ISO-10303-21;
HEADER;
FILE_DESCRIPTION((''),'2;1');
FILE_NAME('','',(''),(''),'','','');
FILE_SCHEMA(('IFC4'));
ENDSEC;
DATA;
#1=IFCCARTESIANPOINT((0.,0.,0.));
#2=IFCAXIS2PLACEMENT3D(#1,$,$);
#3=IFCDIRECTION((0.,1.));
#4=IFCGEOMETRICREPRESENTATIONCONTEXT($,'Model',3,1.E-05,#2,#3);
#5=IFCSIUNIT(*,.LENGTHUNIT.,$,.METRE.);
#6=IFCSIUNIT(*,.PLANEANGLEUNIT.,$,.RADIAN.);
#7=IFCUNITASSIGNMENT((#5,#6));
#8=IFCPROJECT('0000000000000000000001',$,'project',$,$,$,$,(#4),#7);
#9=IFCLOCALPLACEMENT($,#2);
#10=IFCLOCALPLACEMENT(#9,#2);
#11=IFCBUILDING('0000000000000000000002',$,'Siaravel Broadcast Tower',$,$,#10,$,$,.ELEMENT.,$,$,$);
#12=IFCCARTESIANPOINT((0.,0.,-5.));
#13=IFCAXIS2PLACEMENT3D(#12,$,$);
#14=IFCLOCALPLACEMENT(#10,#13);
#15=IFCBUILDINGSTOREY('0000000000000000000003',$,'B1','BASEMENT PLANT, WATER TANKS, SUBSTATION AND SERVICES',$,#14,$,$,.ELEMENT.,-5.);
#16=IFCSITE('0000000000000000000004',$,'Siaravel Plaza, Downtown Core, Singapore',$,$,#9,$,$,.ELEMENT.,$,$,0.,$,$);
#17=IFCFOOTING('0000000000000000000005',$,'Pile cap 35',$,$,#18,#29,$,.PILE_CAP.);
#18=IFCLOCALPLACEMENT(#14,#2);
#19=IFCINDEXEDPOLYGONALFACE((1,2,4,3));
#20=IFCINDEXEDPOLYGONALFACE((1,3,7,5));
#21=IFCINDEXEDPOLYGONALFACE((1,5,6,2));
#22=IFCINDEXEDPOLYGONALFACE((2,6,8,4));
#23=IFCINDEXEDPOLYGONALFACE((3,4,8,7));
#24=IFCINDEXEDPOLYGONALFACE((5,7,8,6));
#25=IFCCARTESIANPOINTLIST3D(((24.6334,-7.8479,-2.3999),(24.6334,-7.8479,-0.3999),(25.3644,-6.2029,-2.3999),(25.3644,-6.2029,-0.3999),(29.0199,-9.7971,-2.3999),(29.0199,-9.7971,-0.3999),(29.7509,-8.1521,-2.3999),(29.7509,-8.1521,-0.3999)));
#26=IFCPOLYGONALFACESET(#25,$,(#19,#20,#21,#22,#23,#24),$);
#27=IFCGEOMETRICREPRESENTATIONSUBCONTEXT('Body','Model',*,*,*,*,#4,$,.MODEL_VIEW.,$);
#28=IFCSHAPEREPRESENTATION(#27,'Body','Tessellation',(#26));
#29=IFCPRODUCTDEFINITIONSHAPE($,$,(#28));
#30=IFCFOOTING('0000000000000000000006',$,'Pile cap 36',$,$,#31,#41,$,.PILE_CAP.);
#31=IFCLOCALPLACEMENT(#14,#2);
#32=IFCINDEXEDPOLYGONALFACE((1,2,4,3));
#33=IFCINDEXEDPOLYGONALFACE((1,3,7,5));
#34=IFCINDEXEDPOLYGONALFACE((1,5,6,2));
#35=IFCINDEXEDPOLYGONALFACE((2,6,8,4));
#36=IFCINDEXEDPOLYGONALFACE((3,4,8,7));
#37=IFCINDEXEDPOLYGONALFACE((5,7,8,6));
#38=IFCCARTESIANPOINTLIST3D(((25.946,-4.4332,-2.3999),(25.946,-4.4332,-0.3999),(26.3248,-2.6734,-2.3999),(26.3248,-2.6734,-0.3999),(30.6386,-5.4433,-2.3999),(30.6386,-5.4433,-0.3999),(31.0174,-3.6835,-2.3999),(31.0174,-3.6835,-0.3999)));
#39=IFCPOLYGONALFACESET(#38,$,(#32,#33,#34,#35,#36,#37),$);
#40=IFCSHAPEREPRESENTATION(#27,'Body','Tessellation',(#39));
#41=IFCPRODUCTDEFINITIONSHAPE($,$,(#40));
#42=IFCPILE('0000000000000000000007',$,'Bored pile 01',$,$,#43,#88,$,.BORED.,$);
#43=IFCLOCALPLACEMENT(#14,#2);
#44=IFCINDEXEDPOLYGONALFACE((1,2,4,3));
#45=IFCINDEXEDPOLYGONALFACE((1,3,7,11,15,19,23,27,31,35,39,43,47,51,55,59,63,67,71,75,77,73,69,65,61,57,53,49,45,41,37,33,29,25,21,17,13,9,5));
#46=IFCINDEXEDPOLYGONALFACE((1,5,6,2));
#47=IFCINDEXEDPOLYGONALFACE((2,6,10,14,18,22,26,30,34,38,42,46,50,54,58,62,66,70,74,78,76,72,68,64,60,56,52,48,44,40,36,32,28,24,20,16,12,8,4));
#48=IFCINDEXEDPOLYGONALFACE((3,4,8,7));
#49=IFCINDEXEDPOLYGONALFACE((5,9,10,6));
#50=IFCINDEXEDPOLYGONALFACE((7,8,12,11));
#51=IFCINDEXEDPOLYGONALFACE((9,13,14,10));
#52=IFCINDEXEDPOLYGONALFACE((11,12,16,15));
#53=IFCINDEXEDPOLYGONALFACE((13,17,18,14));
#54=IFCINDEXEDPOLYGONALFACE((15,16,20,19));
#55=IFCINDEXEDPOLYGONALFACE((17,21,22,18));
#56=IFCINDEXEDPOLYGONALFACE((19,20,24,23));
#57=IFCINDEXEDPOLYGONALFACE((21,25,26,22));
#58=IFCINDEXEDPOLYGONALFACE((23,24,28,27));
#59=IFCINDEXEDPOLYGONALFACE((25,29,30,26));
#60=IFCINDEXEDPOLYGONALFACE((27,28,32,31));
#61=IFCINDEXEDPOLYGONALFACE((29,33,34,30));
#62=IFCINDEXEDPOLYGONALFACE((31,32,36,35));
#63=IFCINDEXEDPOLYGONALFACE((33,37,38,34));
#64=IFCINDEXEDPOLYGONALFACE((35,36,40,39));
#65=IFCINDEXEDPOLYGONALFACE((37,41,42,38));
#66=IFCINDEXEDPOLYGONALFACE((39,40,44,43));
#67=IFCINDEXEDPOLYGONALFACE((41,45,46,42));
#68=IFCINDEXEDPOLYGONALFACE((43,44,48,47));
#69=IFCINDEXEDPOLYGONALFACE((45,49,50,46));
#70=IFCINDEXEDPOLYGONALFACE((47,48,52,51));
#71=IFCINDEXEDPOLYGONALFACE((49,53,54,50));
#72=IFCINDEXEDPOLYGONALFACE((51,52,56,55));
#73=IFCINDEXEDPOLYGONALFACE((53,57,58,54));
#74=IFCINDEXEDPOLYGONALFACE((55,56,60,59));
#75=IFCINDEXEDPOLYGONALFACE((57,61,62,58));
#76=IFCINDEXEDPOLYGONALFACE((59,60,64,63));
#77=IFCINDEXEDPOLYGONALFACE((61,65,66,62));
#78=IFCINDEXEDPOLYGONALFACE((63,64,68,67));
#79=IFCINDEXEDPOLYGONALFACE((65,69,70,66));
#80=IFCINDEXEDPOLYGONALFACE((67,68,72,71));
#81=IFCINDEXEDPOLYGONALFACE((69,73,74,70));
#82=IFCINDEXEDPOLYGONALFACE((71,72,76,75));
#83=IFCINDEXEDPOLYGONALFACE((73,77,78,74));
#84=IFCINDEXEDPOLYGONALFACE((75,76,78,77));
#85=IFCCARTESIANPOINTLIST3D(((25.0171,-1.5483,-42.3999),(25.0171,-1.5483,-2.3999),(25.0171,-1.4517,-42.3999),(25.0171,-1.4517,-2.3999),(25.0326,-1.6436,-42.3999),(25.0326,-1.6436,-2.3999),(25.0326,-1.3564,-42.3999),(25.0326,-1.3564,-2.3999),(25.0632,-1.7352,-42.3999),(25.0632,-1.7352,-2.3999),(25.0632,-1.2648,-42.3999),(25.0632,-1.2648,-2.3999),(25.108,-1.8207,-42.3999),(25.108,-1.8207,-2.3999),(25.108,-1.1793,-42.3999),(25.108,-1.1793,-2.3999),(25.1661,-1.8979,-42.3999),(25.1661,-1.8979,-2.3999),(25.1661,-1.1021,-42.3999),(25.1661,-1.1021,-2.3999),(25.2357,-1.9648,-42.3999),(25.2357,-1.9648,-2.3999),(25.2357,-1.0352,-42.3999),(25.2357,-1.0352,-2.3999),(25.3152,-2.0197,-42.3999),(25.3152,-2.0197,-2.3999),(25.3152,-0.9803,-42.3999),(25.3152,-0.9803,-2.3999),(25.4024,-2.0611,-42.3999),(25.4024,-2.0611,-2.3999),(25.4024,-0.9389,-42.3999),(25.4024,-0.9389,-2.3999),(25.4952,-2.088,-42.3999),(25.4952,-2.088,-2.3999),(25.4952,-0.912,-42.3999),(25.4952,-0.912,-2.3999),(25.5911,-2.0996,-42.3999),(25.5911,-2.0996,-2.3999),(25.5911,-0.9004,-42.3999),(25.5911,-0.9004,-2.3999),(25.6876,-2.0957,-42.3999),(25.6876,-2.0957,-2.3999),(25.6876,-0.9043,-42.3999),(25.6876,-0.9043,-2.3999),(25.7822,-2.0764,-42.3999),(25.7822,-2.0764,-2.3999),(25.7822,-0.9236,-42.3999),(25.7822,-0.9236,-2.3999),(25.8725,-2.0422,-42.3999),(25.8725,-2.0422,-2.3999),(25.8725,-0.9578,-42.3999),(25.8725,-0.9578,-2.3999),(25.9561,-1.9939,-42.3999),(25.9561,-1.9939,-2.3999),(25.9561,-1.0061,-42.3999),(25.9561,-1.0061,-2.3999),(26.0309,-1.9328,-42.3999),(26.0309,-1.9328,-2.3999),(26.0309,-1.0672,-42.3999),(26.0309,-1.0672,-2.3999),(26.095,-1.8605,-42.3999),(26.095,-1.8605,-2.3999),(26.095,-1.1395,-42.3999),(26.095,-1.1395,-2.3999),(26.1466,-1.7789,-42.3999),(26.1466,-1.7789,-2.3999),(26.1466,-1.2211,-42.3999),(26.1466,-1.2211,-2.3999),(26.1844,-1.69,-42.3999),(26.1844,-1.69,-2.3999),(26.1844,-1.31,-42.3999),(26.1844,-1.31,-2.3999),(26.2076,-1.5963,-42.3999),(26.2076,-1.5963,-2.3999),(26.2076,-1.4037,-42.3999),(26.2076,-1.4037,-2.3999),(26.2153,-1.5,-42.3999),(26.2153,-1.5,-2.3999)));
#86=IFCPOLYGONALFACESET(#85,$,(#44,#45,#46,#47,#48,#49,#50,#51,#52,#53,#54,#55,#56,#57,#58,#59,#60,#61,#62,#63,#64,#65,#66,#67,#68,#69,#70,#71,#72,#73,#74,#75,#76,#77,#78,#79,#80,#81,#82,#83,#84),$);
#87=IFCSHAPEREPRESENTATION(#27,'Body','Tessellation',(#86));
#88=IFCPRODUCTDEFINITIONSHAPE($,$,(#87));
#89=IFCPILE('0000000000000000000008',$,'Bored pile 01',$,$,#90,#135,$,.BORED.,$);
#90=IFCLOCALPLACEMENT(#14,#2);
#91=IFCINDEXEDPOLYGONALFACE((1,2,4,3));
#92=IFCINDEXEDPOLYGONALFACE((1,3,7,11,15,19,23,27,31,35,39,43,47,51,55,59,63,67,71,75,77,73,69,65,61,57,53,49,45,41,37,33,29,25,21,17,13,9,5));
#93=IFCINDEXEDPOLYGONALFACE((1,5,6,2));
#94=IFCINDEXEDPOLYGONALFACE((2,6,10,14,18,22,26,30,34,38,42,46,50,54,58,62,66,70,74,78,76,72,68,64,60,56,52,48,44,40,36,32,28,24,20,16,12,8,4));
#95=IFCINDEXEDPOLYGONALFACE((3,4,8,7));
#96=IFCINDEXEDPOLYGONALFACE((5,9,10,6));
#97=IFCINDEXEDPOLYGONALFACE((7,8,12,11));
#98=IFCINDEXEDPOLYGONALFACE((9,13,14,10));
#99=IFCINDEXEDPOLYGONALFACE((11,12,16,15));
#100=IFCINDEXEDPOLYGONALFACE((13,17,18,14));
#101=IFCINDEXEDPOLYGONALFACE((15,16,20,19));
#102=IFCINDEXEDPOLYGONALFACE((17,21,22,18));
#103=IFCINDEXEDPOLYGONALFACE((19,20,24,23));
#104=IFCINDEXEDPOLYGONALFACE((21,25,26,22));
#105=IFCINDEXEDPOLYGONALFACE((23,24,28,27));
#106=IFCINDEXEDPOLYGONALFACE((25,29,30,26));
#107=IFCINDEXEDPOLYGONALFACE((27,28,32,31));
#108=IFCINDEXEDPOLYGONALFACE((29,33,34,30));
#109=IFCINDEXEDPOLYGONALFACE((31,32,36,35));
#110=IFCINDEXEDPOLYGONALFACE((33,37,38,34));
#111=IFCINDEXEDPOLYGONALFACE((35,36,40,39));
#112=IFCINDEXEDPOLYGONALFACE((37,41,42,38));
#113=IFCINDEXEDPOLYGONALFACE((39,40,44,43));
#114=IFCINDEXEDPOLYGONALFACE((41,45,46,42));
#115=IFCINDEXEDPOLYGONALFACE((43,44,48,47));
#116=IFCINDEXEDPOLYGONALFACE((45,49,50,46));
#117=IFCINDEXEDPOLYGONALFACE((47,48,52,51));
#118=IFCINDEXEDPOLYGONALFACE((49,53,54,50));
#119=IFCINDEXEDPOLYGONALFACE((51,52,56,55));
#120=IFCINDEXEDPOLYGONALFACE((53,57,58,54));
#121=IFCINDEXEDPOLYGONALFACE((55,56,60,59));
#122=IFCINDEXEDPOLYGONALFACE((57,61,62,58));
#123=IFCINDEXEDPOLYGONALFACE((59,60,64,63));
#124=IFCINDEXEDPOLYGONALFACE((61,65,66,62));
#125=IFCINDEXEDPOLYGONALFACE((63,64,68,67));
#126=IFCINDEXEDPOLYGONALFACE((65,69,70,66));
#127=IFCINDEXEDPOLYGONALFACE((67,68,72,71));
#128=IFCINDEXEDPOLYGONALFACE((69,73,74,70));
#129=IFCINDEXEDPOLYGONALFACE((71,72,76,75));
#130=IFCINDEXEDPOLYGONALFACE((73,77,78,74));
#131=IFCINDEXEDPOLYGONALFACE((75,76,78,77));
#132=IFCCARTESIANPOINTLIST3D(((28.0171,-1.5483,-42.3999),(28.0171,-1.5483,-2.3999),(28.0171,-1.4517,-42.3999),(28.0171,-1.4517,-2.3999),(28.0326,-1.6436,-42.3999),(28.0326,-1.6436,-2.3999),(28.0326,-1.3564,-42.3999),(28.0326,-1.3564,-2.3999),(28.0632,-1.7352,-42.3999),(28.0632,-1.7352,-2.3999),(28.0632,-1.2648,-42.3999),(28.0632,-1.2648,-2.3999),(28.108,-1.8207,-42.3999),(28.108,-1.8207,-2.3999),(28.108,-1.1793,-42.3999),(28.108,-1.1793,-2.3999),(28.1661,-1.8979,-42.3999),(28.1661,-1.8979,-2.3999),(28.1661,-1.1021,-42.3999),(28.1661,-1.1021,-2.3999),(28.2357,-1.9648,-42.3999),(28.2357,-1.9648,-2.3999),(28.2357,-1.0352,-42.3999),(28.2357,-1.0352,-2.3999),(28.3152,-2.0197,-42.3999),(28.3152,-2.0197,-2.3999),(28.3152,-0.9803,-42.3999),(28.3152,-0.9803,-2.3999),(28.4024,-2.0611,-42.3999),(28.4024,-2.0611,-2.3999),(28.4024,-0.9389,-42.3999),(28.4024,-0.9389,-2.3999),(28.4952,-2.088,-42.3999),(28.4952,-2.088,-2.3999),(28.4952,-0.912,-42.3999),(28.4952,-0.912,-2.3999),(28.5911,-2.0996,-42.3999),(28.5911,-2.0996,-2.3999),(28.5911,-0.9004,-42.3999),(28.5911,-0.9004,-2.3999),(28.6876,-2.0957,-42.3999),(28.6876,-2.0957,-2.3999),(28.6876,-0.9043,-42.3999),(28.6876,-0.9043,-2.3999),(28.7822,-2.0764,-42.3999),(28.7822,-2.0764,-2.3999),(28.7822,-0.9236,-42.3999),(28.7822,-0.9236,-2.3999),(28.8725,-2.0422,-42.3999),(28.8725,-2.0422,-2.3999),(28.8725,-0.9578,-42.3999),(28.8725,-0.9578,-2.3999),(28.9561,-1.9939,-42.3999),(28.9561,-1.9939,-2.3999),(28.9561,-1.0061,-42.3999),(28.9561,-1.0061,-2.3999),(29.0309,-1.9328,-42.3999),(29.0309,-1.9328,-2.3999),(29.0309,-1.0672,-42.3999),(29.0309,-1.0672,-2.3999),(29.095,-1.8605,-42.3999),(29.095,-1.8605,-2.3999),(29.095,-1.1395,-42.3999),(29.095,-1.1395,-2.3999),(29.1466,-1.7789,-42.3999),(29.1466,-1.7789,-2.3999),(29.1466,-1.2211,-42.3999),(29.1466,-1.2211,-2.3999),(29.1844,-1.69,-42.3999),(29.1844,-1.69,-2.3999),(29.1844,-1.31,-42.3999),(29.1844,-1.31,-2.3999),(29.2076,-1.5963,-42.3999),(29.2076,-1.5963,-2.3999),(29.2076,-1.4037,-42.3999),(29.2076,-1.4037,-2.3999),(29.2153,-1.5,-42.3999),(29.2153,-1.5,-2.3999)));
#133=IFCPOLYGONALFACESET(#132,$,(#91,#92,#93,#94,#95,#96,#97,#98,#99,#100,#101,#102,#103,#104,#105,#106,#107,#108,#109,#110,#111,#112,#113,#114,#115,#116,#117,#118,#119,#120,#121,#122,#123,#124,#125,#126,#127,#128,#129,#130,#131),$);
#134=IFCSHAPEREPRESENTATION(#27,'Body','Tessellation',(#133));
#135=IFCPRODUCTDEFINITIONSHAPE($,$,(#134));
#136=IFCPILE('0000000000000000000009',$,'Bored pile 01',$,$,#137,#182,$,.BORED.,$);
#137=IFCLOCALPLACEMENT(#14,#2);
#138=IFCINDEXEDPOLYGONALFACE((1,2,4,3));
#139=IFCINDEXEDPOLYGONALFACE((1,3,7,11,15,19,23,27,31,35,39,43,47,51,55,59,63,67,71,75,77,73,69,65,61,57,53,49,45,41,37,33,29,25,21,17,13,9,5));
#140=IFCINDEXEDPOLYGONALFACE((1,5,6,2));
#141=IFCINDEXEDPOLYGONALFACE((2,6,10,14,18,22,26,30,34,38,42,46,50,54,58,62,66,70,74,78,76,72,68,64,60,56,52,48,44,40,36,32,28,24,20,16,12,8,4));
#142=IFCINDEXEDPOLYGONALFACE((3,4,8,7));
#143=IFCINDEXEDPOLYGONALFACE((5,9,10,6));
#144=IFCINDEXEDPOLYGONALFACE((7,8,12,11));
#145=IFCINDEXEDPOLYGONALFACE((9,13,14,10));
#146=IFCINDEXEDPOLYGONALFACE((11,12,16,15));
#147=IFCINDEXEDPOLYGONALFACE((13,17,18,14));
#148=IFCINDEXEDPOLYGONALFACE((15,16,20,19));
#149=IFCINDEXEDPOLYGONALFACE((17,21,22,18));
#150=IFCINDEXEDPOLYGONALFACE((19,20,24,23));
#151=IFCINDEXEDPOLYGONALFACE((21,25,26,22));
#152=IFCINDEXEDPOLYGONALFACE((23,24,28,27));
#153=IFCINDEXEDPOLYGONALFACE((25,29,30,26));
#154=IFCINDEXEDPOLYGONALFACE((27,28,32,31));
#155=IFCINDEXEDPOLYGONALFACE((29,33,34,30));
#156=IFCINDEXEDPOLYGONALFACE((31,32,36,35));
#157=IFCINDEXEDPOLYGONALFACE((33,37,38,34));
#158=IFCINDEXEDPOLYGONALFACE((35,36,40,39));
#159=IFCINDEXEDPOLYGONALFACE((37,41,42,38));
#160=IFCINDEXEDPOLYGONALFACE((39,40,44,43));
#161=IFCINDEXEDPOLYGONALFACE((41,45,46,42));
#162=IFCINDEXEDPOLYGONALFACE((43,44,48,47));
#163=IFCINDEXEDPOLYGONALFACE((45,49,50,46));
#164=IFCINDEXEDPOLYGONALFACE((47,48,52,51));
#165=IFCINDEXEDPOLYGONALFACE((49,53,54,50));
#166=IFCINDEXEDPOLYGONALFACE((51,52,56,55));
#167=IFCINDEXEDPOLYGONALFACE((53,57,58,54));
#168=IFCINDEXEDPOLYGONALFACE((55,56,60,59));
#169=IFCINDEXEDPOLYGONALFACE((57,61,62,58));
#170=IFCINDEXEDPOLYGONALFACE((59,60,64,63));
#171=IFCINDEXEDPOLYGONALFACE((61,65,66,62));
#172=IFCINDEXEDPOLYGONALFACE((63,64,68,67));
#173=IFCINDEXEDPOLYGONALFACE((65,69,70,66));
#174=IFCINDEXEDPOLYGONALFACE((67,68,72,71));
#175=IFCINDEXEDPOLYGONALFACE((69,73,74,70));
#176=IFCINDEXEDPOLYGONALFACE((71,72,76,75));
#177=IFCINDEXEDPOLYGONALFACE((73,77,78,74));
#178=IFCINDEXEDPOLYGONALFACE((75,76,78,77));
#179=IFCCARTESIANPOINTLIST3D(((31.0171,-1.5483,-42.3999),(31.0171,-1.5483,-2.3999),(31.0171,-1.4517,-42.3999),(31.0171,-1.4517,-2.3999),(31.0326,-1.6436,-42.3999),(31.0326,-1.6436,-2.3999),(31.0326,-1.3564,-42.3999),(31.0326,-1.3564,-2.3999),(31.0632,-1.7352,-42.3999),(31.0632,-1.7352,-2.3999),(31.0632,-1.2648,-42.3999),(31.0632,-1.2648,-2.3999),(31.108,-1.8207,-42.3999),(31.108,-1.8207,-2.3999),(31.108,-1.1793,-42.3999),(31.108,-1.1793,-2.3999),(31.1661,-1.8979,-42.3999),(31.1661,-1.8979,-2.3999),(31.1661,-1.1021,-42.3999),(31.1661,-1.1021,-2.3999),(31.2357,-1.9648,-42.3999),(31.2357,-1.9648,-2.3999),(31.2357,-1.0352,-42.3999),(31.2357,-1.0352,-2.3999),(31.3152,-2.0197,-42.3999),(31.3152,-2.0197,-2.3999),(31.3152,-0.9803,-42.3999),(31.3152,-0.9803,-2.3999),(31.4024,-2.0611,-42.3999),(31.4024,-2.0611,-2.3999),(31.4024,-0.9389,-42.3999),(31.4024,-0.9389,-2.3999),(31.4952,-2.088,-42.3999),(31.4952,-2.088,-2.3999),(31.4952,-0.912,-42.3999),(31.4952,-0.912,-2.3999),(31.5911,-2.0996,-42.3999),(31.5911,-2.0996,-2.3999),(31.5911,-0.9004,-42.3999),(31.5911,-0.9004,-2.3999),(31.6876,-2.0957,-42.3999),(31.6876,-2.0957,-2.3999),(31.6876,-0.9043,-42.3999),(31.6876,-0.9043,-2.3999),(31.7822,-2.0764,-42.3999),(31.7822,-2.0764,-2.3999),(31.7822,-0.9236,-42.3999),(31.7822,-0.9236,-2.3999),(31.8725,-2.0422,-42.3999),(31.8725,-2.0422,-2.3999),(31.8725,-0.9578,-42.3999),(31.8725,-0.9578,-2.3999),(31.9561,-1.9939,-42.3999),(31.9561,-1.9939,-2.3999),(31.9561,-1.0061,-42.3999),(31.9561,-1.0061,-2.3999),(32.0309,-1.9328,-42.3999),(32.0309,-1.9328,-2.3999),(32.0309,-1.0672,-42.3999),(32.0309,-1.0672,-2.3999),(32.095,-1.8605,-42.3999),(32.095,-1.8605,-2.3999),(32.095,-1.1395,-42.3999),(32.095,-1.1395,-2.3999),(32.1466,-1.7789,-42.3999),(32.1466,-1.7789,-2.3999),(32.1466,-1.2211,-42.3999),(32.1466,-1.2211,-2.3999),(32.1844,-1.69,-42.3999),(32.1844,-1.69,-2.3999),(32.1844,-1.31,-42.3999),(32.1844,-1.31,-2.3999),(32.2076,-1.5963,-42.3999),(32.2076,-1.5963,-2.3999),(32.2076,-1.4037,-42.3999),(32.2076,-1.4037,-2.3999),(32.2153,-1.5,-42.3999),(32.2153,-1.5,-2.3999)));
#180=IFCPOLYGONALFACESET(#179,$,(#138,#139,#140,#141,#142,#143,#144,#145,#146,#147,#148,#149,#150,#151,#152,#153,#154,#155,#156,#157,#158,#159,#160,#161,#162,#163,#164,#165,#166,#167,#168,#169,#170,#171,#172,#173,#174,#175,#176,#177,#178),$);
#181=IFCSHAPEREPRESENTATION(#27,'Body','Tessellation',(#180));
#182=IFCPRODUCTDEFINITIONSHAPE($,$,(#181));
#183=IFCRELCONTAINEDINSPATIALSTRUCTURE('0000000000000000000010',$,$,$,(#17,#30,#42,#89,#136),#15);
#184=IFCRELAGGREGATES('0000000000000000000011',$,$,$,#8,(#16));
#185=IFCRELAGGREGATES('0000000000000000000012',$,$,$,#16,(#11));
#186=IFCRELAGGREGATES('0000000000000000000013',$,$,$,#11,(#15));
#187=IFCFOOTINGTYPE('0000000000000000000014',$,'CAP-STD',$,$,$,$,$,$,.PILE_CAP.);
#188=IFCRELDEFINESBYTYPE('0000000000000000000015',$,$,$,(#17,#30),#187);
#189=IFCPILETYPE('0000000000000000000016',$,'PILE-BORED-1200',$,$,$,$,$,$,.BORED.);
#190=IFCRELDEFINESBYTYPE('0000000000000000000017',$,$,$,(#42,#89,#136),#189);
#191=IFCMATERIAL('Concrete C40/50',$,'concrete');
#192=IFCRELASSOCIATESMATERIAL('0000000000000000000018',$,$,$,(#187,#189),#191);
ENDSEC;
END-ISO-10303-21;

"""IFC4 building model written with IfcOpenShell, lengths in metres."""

from ifc_helpers import new_model, si_unit, direction, frame, origin, origin_2d, place, context, subcontext, project, spatial, rectangle, circle, extrude, material, material_profile, profile_set, type_object, element, save


model = new_model("IFC4")

# Units and contexts
model_context = context("Model", 3, precision=1e-05, world=origin(), true_north=direction((0.0, 1.0)))
body_context = subcontext(model_context, "Body", "Model", "MODEL_VIEW")
ifc_project = project(units=[si_unit("LENGTHUNIT", "METRE"), si_unit("PLANEANGLEUNIT", "RADIAN")], contexts=[model_context])

# Site, building, storey
site_placement = place(None, origin())
site = spatial("IfcSite", under=ifc_project, at=site_placement, Name="Siaravel Plaza, Downtown Core, Singapore", CompositionType="ELEMENT", RefElevation=0.0)
building_placement = place(site_placement, origin())
building = spatial("IfcBuilding", under=site, at=building_placement, Name="Siaravel Broadcast Tower", CompositionType="ELEMENT")
storey_placement = place(building_placement, frame((0.0, 0.0, -5.0)))
storey = spatial("IfcBuildingStorey", under=building, at=storey_placement, Name="B1", Description="BASEMENT PLANT, WATER TANKS, SUBSTATION AND SERVICES", CompositionType="ELEMENT", Elevation=-5.0)

# Footings
ifc_material_1 = material(Name="Concrete C40/50", Category="concrete")
footing_type = type_object("IfcFootingType", Name="CAP-STD", PredefinedType="PILE_CAP", material=ifc_material_1)
for number, where, z_axis, x_axis, name in (
    (1, (27.1921, -8.0, -2.3999), (0.0, 0.0, 1.0), (0.913843, -0.406067, 0.0), "Pile cap 35"),
    (2, (28.4817, -4.0583, -2.3999), (0.0, 0.0, 1.0), (0.977607, -0.210438, 0.0), "Pile cap 36"),
):
    element("IfcFooting", number, at=place(storey_placement, frame(where, z_axis=z_axis, x_axis=x_axis)), inside=storey, type_object=footing_type, Name=name, PredefinedType="PILE_CAP", context=body_context, shape_type="SweptSolid", body=[
        extrude(rectangle(XDim=4.8, YDim=1.8, at=origin_2d()), origin(), (0.0, 0.0, 1.0), 2.0),
    ])

# Piles
ifc_material_profile_1 = material_profile(ifc_material_1, circle(Radius=0.6001, at=origin_2d()))
ifc_profile_set_1 = profile_set([ifc_material_profile_1], Name="Concrete C40/50")
pile_type_1 = type_object("IfcPileType", Name="PILE-BORED-1200", PredefinedType="BORED", material=ifc_profile_set_1)
for number, where, z_axis, x_axis, name in (
    (3, (25.6152, -1.5, -2.3999), (0.0, 0.0, -1.0), (1.0, 0.0, 0.0), "Bored pile 01"),
    (4, (28.6152, -1.5, -2.3999), (0.0, 0.0, -1.0), (1.0, 0.0, 0.0), "Bored pile 01"),
    (5, (31.6152, -1.5, -2.3999), (0.0, 0.0, -1.0), (1.0, 0.0, 0.0), "Bored pile 01"),
):
    element("IfcPile", number, at=place(storey_placement, frame(where, z_axis=z_axis, x_axis=x_axis)), inside=storey, type_object=pile_type_1, Name=name, PredefinedType="BORED", context=body_context, shape_type="SweptSolid", body=[
        extrude(circle(Radius=0.6001, at=origin_2d()), origin(), (0.0, 0.0, 1.0), 40.0),
    ])

save(model, "model.ifc")
